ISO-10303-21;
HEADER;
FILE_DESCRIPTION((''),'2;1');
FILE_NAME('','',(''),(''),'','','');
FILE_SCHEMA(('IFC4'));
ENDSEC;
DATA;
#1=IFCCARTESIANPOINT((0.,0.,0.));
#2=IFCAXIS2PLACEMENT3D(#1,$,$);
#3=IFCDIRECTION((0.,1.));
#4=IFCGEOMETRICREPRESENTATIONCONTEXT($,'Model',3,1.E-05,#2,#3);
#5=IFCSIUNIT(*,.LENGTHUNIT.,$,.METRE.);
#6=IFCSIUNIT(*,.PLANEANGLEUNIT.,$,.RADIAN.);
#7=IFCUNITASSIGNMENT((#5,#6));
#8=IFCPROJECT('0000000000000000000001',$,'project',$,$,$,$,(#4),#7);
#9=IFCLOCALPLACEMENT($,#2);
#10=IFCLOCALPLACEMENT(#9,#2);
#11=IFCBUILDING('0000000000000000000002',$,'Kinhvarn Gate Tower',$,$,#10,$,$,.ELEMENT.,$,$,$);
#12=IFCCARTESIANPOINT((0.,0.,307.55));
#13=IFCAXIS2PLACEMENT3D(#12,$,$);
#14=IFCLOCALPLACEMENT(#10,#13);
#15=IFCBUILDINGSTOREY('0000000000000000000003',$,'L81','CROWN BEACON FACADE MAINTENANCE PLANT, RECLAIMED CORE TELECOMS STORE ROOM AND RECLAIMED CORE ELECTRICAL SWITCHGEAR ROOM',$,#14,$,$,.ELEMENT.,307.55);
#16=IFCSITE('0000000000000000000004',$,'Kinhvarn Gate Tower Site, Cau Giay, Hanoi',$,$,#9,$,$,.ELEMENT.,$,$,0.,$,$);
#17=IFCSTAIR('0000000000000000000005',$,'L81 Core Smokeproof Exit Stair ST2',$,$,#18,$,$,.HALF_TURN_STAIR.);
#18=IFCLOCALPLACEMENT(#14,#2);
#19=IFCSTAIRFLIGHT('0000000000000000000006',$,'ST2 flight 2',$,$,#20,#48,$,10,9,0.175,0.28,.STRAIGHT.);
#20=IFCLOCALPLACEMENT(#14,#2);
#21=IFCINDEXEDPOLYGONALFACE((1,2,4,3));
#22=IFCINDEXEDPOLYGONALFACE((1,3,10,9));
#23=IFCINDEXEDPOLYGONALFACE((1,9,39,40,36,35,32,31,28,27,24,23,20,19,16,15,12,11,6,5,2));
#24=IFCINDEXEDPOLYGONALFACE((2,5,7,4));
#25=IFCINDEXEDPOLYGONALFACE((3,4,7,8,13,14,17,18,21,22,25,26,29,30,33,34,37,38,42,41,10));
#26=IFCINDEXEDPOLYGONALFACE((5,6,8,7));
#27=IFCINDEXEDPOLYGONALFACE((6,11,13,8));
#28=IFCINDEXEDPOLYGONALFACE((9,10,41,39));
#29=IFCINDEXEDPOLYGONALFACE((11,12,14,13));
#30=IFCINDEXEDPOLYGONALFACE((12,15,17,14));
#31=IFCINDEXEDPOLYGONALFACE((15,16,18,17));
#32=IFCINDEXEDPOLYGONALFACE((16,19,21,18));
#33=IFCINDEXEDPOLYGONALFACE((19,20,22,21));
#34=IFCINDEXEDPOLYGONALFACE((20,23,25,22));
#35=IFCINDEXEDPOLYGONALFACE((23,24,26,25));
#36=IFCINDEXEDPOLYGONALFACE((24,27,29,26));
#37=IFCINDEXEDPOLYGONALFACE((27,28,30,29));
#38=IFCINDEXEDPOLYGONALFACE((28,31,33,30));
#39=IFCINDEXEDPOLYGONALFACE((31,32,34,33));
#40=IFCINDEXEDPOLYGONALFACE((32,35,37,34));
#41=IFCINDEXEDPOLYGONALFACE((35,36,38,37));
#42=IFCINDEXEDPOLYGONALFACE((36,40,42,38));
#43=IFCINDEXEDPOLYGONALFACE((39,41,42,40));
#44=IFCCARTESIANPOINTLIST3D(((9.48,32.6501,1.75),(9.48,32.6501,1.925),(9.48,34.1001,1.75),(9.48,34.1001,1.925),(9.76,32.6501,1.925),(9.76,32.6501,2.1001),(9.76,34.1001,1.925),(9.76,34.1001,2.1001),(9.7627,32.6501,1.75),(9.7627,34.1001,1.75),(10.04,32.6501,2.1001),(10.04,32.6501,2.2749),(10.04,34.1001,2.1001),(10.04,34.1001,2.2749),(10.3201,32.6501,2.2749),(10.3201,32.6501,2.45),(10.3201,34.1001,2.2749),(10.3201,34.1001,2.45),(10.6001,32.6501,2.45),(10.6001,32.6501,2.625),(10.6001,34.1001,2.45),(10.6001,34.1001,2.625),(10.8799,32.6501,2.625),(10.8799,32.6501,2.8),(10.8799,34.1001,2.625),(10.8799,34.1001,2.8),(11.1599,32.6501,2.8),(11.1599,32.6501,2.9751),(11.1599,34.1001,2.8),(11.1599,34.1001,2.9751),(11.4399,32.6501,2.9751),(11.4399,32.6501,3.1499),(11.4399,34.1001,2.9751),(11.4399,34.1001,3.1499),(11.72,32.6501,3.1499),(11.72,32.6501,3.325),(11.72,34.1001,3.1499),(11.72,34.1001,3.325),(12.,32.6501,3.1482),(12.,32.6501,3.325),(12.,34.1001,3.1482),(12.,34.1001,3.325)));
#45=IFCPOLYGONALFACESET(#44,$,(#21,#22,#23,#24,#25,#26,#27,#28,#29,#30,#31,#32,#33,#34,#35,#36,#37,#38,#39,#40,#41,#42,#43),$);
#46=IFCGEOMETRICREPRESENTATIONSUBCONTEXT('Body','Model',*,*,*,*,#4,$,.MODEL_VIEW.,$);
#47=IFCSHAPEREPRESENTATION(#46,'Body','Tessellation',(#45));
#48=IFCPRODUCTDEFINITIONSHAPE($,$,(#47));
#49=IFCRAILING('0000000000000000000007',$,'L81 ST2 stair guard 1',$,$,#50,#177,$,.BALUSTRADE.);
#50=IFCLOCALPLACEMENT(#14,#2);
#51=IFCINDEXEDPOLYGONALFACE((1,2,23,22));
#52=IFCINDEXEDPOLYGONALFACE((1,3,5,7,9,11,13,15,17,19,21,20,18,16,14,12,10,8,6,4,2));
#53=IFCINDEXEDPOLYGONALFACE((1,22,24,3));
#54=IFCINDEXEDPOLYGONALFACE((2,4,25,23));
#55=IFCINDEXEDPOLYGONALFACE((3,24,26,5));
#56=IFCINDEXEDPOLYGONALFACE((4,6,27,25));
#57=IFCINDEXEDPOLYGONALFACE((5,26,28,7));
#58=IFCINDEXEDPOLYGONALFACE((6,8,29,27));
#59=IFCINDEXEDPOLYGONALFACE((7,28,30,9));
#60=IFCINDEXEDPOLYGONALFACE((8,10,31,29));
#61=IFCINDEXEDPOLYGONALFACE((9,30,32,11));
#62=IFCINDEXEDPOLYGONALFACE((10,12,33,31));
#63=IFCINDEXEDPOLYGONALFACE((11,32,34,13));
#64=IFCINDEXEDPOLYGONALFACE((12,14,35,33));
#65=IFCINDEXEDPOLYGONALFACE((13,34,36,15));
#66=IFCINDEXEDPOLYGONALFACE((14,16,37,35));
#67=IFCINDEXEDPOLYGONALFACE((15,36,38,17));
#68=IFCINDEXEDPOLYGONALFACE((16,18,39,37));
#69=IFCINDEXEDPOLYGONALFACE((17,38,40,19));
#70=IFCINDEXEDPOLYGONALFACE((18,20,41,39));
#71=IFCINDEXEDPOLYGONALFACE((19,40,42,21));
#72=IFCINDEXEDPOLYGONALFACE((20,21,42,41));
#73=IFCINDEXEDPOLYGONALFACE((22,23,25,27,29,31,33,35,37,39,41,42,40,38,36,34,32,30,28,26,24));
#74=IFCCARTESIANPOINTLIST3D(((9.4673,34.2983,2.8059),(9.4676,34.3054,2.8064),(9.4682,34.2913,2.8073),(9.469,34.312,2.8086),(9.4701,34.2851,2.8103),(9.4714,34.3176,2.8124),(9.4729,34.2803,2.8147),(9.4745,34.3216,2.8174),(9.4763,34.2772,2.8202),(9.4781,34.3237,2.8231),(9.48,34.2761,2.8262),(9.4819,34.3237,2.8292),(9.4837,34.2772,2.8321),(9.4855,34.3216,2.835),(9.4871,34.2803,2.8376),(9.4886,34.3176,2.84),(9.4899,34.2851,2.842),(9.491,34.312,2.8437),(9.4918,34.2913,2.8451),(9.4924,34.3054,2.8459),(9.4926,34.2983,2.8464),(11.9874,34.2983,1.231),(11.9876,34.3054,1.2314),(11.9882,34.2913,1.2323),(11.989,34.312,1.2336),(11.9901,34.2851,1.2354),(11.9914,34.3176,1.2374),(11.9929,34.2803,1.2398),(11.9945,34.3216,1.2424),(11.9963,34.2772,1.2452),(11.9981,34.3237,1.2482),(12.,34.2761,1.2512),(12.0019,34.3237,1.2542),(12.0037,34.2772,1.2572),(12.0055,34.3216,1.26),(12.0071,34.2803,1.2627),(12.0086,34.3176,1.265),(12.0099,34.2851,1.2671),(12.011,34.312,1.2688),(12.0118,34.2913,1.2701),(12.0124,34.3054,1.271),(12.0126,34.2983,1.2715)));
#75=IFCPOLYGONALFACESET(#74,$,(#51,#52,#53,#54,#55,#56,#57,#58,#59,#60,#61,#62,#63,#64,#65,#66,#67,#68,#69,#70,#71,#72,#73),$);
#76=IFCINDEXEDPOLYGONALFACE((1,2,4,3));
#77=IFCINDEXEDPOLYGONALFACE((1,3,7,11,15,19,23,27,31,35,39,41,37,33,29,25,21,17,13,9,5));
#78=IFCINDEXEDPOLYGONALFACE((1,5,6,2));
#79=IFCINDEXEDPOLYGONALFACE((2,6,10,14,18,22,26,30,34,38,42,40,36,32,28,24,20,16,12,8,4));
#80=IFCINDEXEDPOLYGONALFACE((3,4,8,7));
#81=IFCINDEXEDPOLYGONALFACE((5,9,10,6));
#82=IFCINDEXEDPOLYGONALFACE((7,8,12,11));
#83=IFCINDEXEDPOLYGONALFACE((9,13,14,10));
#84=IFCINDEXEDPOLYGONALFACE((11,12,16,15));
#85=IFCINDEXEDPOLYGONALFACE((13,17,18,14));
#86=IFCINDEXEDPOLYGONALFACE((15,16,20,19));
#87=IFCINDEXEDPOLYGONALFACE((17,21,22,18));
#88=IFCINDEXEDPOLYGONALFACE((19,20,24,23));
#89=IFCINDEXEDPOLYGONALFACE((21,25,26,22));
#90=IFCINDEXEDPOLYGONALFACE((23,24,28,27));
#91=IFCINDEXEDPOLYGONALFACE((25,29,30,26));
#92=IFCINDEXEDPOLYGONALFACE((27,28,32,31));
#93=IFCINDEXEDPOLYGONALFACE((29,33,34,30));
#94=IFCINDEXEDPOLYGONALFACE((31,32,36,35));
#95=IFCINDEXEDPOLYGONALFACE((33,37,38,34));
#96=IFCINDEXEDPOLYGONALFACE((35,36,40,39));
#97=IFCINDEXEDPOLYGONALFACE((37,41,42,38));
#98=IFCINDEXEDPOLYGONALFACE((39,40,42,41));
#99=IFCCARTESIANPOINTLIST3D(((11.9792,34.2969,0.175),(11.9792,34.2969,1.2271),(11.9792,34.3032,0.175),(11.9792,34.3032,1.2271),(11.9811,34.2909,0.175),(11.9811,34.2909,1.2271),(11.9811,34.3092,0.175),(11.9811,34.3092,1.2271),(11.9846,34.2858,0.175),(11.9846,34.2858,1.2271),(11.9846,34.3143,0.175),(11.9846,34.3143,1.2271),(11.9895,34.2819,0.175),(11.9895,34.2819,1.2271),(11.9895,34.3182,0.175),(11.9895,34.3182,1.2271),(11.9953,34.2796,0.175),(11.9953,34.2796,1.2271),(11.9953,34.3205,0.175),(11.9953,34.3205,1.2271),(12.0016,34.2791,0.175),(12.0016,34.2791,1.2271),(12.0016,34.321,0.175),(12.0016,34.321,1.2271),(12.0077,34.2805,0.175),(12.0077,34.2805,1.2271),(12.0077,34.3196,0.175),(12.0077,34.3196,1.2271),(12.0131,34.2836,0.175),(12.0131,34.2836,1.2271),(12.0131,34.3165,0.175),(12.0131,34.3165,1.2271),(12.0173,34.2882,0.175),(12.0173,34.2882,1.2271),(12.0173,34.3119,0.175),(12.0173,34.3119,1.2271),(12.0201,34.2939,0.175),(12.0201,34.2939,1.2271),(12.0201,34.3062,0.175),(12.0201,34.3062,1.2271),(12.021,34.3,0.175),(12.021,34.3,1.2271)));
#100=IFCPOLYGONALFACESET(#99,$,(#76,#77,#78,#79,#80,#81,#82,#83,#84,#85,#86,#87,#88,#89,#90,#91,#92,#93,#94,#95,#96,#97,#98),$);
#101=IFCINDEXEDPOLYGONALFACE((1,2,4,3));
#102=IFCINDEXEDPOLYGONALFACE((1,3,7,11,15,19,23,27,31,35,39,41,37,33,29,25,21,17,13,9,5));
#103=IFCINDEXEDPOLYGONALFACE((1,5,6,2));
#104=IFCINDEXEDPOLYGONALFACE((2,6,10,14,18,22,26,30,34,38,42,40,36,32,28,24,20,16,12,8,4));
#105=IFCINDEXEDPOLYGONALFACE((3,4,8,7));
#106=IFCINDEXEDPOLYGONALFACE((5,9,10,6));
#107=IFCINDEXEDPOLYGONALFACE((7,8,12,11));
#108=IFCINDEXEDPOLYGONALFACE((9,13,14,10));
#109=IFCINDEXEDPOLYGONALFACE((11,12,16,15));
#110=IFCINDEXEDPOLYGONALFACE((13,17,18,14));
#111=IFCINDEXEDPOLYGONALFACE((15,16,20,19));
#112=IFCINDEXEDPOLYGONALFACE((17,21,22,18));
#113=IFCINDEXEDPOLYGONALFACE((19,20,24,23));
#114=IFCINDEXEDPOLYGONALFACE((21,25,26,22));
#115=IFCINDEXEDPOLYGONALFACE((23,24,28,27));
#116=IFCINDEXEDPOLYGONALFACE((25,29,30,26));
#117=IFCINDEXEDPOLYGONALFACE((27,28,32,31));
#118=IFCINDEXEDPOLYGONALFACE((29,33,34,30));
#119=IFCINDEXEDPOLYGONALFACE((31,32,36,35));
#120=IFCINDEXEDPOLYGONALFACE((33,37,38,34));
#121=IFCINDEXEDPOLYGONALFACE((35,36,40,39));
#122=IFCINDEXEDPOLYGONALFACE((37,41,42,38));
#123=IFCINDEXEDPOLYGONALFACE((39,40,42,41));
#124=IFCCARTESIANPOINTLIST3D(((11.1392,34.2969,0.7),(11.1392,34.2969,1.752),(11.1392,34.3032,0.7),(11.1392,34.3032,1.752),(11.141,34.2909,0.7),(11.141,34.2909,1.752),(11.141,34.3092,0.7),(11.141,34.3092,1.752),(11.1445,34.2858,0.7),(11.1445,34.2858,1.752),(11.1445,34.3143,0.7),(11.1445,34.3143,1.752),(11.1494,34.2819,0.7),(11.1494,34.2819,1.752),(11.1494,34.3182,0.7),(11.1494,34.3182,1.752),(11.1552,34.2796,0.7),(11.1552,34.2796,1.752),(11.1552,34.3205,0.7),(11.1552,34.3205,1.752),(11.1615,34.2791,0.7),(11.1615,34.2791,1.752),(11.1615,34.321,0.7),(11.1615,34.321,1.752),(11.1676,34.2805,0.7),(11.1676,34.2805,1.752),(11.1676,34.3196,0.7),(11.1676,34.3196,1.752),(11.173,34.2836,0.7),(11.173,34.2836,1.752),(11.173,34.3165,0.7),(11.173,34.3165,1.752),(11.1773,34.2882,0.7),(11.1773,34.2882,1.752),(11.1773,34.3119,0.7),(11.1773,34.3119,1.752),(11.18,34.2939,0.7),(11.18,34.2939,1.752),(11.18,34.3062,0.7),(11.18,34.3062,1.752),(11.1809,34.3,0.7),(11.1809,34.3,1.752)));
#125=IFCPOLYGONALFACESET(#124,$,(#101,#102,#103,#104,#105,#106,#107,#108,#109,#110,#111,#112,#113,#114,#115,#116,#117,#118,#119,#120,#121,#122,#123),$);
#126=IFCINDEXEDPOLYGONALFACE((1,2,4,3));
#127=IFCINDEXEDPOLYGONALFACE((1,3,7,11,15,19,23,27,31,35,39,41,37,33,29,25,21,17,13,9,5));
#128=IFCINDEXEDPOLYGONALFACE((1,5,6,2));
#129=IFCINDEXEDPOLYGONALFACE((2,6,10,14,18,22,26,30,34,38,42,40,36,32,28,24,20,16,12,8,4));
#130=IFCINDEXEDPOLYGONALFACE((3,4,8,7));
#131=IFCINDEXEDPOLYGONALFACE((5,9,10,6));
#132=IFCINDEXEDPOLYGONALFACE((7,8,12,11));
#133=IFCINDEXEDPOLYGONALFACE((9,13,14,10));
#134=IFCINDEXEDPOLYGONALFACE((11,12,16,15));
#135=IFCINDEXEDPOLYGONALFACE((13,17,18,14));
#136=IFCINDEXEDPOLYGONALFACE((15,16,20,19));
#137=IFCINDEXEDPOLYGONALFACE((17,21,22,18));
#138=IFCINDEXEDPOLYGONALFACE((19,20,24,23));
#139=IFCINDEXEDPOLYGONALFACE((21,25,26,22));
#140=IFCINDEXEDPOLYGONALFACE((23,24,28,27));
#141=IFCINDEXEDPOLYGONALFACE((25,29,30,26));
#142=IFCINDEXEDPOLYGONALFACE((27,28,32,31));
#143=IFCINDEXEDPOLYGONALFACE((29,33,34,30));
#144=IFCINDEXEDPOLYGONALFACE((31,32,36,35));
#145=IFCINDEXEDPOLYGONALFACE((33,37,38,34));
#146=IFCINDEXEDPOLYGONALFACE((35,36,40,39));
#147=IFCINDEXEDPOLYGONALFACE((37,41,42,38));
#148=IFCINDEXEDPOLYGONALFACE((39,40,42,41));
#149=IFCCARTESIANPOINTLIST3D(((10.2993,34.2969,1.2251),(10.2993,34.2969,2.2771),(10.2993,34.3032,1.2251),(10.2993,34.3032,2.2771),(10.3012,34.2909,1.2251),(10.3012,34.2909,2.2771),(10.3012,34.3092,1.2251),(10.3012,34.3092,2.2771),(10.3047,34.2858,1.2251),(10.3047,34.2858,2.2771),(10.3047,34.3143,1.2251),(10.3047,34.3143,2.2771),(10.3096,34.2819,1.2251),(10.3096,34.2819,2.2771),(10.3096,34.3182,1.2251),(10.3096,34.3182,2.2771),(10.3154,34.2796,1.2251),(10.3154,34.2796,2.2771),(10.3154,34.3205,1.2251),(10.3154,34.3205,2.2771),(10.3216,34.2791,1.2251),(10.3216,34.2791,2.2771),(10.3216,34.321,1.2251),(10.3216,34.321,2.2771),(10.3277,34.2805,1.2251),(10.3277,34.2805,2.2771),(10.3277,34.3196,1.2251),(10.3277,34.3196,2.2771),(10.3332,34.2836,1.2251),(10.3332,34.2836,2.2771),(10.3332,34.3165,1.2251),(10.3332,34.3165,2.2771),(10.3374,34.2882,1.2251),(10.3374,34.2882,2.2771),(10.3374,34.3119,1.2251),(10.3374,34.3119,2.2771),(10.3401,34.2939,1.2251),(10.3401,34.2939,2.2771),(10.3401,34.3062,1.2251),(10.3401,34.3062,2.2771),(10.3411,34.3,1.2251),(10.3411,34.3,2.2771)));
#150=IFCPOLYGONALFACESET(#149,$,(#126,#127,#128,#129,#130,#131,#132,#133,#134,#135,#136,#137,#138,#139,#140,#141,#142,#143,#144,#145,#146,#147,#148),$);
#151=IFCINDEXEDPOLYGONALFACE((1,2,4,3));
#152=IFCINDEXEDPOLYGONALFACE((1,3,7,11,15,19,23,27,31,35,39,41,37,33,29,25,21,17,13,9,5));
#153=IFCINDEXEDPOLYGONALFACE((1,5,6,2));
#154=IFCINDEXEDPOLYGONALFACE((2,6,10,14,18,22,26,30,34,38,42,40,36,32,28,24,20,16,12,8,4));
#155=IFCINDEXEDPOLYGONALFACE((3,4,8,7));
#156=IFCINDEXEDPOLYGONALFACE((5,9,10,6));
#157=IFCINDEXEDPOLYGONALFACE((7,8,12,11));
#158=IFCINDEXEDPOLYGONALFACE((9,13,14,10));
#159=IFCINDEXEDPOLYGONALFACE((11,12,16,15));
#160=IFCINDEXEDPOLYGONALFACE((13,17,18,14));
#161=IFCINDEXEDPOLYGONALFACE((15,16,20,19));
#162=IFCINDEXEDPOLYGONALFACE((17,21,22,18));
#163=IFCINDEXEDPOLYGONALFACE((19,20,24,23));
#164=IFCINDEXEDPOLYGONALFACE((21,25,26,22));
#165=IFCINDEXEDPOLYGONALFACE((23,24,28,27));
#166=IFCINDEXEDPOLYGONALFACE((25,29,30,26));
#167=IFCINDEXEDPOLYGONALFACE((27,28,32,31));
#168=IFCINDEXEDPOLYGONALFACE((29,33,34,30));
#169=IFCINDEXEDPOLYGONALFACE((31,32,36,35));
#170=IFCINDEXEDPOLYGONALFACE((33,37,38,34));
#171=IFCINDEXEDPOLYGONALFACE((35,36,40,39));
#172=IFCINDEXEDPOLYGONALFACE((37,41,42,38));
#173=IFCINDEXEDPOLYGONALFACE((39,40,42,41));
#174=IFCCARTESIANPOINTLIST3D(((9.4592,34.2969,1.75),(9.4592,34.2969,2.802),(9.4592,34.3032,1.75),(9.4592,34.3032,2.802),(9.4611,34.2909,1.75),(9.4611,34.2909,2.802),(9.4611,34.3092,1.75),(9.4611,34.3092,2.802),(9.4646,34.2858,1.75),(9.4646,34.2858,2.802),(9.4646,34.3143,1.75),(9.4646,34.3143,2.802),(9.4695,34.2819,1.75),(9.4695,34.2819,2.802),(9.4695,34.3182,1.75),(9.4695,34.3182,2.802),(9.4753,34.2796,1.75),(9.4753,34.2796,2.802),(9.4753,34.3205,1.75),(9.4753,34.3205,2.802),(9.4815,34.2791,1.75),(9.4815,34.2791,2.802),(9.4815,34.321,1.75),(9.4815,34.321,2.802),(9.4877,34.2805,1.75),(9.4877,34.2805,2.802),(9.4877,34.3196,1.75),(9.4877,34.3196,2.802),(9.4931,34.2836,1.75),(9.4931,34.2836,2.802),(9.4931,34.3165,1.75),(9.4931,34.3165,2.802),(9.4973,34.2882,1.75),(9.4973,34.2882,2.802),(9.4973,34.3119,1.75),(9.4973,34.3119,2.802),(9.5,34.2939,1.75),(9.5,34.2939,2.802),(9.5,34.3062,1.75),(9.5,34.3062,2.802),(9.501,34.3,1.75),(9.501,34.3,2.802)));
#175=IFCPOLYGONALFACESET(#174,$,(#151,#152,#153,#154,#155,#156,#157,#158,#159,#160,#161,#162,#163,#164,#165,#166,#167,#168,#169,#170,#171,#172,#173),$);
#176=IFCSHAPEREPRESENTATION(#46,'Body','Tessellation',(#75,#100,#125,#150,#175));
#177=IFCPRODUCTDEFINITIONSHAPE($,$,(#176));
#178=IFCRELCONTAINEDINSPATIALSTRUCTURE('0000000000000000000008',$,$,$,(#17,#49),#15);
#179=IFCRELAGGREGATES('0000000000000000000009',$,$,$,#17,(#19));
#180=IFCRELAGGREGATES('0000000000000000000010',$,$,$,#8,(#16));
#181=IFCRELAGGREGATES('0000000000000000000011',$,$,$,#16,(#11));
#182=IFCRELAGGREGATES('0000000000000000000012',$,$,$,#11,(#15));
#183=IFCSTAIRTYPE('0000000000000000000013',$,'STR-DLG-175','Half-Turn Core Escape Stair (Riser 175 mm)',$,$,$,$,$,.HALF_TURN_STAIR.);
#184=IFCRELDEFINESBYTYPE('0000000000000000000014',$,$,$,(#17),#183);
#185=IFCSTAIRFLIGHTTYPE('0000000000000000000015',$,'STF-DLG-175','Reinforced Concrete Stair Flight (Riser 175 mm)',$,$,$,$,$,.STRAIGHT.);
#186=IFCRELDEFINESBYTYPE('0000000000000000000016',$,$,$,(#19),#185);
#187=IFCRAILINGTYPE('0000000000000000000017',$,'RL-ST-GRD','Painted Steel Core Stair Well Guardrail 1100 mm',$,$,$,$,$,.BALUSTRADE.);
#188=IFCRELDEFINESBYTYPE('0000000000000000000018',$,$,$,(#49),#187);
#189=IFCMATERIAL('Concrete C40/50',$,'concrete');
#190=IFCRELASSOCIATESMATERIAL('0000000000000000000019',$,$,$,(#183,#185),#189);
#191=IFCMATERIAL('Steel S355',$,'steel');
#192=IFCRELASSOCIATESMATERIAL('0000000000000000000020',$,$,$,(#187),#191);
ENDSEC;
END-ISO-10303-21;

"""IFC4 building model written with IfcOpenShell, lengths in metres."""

from ifc_helpers import new_model, si_unit, direction, frame, origin, origin_2d, place, context, subcontext, project, spatial, polyline, circle, outline, extrude, material, type_object, element, aggregate, save


model = new_model("IFC4")

# Units and contexts
model_context = context("Model", 3, precision=1e-05, world=origin(), true_north=direction((0.0, 1.0)))
body_context = subcontext(model_context, "Body", "Model", "MODEL_VIEW")
ifc_project = project(units=[si_unit("LENGTHUNIT", "METRE"), si_unit("PLANEANGLEUNIT", "RADIAN")], contexts=[model_context])

# Site, building, storey
site_placement = place(None, origin())
site = spatial("IfcSite", under=ifc_project, at=site_placement, Name="Kinhvarn Gate Tower Site, Cau Giay, Hanoi", CompositionType="ELEMENT", RefElevation=0.0)
building_placement = place(site_placement, origin())
building = spatial("IfcBuilding", under=site, at=building_placement, Name="Kinhvarn Gate Tower", CompositionType="ELEMENT")
storey_placement = place(building_placement, frame((0.0, 0.0, 307.55)))
storey = spatial("IfcBuildingStorey", under=building, at=storey_placement, Name="L81", Description="CROWN BEACON FACADE MAINTENANCE PLANT, RECLAIMED CORE TELECOMS STORE ROOM AND RECLAIMED CORE ELECTRICAL SWITCHGEAR ROOM", CompositionType="ELEMENT", Elevation=307.55)

# Shared definitions
ifc_material_1 = material(Name="Concrete C40/50", Category="concrete")

# Stair, stair flight
stair_type = type_object("IfcStairType", Name="STR-DLG-175", Description="Half-Turn Core Escape Stair (Riser 175 mm)", PredefinedType="HALF_TURN_STAIR", material=ifc_material_1)
stair_placement = place(storey_placement, origin())
stair = element("IfcStair", 1, at=stair_placement, inside=storey, type_object=stair_type, Name="L81 Core Smokeproof Exit Stair ST2", PredefinedType="HALF_TURN_STAIR")
stair_flight_type = type_object("IfcStairFlightType", Name="STF-DLG-175", Description="Reinforced Concrete Stair Flight (Riser 175 mm)", PredefinedType="STRAIGHT", material=ifc_material_1)
stair_flight_1_placement = place(storey_placement, frame((9.48, 33.375, 1.75), z_axis=(0.0, 0.0, 1.0), x_axis=(1.0, 0.0, 0.0)))
stair_flight_1 = element("IfcStairFlight", 2, at=stair_flight_1_placement, type_object=stair_flight_type, Name="ST2 flight 2", NumberOfRisers=10, NumberOfTreads=9, PredefinedType="STRAIGHT", RiserHeight=0.175, TreadLength=0.28, context=body_context, shape_type="SweptSolid", body=[
    extrude(outline(polyline([(0.0, 0.0), (0.0, 0.175), (0.28, 0.175), (0.28, 0.3501), (0.5601, 0.3501), (0.5601, 0.5249), (0.8401, 0.5249), (0.8401, 0.7), (1.1201, 0.7), (1.1201, 0.875), (1.3999, 0.875), (1.3999, 1.05), (1.6799, 1.05), (1.6799, 1.2251), (1.96, 1.2251), (1.96, 1.3999), (2.24, 1.3999), (2.24, 1.575), (2.52, 1.575), (2.52, 1.75), (2.52, 1.3982), (0.2827, 0.0), (0.0, 0.0)])), frame((0.0, 0.7251, 0.0), z_axis=(0.0, -1.0, 0.0), x_axis=(1.0, 0.0, 0.0)), (0.0, 0.0, 1.0), 1.45),
])
aggregate(stair, [stair_flight_1])

# Railing
ifc_material_2 = material(Name="Steel S355", Category="steel")
railing_type_1 = type_object("IfcRailingType", Name="RL-ST-GRD", Description="Painted Steel Core Stair Well Guardrail 1100 mm", PredefinedType="BALUSTRADE", material=ifc_material_2)
railing_1_placement = place(storey_placement, frame((12.0, 34.3, 0.175)))
element("IfcRailing", 3, at=railing_1_placement, inside=storey, type_object=railing_type_1, Name="L81 ST2 stair guard 1", PredefinedType="BALUSTRADE", context=body_context, shape_type="SweptSolid", body=[
    extrude(circle(Radius=0.0239, at=origin_2d()), frame((0.0, 0.0, 1.0762), z_axis=(-0.848008, 0.0, 0.529984), x_axis=(0.0, -1.0, 0.0)), (0.0, 0.0, 1.0), 2.9717),
    extrude(circle(Radius=0.021, at=origin_2d()), origin(), (0.0, 0.0, 1.0), 1.052),
    extrude(circle(Radius=0.021, at=origin_2d()), frame((-0.8401, 0.0, 0.5249)), (0.0, 0.0, 1.0), 1.052),
    extrude(circle(Radius=0.021, at=origin_2d()), frame((-1.6799, 0.0, 1.05)), (0.0, 0.0, 1.0), 1.052),
    extrude(circle(Radius=0.021, at=origin_2d()), frame((-2.52, 0.0, 1.575)), (0.0, 0.0, 1.0), 1.052),
])

save(model, "model.ifc")
